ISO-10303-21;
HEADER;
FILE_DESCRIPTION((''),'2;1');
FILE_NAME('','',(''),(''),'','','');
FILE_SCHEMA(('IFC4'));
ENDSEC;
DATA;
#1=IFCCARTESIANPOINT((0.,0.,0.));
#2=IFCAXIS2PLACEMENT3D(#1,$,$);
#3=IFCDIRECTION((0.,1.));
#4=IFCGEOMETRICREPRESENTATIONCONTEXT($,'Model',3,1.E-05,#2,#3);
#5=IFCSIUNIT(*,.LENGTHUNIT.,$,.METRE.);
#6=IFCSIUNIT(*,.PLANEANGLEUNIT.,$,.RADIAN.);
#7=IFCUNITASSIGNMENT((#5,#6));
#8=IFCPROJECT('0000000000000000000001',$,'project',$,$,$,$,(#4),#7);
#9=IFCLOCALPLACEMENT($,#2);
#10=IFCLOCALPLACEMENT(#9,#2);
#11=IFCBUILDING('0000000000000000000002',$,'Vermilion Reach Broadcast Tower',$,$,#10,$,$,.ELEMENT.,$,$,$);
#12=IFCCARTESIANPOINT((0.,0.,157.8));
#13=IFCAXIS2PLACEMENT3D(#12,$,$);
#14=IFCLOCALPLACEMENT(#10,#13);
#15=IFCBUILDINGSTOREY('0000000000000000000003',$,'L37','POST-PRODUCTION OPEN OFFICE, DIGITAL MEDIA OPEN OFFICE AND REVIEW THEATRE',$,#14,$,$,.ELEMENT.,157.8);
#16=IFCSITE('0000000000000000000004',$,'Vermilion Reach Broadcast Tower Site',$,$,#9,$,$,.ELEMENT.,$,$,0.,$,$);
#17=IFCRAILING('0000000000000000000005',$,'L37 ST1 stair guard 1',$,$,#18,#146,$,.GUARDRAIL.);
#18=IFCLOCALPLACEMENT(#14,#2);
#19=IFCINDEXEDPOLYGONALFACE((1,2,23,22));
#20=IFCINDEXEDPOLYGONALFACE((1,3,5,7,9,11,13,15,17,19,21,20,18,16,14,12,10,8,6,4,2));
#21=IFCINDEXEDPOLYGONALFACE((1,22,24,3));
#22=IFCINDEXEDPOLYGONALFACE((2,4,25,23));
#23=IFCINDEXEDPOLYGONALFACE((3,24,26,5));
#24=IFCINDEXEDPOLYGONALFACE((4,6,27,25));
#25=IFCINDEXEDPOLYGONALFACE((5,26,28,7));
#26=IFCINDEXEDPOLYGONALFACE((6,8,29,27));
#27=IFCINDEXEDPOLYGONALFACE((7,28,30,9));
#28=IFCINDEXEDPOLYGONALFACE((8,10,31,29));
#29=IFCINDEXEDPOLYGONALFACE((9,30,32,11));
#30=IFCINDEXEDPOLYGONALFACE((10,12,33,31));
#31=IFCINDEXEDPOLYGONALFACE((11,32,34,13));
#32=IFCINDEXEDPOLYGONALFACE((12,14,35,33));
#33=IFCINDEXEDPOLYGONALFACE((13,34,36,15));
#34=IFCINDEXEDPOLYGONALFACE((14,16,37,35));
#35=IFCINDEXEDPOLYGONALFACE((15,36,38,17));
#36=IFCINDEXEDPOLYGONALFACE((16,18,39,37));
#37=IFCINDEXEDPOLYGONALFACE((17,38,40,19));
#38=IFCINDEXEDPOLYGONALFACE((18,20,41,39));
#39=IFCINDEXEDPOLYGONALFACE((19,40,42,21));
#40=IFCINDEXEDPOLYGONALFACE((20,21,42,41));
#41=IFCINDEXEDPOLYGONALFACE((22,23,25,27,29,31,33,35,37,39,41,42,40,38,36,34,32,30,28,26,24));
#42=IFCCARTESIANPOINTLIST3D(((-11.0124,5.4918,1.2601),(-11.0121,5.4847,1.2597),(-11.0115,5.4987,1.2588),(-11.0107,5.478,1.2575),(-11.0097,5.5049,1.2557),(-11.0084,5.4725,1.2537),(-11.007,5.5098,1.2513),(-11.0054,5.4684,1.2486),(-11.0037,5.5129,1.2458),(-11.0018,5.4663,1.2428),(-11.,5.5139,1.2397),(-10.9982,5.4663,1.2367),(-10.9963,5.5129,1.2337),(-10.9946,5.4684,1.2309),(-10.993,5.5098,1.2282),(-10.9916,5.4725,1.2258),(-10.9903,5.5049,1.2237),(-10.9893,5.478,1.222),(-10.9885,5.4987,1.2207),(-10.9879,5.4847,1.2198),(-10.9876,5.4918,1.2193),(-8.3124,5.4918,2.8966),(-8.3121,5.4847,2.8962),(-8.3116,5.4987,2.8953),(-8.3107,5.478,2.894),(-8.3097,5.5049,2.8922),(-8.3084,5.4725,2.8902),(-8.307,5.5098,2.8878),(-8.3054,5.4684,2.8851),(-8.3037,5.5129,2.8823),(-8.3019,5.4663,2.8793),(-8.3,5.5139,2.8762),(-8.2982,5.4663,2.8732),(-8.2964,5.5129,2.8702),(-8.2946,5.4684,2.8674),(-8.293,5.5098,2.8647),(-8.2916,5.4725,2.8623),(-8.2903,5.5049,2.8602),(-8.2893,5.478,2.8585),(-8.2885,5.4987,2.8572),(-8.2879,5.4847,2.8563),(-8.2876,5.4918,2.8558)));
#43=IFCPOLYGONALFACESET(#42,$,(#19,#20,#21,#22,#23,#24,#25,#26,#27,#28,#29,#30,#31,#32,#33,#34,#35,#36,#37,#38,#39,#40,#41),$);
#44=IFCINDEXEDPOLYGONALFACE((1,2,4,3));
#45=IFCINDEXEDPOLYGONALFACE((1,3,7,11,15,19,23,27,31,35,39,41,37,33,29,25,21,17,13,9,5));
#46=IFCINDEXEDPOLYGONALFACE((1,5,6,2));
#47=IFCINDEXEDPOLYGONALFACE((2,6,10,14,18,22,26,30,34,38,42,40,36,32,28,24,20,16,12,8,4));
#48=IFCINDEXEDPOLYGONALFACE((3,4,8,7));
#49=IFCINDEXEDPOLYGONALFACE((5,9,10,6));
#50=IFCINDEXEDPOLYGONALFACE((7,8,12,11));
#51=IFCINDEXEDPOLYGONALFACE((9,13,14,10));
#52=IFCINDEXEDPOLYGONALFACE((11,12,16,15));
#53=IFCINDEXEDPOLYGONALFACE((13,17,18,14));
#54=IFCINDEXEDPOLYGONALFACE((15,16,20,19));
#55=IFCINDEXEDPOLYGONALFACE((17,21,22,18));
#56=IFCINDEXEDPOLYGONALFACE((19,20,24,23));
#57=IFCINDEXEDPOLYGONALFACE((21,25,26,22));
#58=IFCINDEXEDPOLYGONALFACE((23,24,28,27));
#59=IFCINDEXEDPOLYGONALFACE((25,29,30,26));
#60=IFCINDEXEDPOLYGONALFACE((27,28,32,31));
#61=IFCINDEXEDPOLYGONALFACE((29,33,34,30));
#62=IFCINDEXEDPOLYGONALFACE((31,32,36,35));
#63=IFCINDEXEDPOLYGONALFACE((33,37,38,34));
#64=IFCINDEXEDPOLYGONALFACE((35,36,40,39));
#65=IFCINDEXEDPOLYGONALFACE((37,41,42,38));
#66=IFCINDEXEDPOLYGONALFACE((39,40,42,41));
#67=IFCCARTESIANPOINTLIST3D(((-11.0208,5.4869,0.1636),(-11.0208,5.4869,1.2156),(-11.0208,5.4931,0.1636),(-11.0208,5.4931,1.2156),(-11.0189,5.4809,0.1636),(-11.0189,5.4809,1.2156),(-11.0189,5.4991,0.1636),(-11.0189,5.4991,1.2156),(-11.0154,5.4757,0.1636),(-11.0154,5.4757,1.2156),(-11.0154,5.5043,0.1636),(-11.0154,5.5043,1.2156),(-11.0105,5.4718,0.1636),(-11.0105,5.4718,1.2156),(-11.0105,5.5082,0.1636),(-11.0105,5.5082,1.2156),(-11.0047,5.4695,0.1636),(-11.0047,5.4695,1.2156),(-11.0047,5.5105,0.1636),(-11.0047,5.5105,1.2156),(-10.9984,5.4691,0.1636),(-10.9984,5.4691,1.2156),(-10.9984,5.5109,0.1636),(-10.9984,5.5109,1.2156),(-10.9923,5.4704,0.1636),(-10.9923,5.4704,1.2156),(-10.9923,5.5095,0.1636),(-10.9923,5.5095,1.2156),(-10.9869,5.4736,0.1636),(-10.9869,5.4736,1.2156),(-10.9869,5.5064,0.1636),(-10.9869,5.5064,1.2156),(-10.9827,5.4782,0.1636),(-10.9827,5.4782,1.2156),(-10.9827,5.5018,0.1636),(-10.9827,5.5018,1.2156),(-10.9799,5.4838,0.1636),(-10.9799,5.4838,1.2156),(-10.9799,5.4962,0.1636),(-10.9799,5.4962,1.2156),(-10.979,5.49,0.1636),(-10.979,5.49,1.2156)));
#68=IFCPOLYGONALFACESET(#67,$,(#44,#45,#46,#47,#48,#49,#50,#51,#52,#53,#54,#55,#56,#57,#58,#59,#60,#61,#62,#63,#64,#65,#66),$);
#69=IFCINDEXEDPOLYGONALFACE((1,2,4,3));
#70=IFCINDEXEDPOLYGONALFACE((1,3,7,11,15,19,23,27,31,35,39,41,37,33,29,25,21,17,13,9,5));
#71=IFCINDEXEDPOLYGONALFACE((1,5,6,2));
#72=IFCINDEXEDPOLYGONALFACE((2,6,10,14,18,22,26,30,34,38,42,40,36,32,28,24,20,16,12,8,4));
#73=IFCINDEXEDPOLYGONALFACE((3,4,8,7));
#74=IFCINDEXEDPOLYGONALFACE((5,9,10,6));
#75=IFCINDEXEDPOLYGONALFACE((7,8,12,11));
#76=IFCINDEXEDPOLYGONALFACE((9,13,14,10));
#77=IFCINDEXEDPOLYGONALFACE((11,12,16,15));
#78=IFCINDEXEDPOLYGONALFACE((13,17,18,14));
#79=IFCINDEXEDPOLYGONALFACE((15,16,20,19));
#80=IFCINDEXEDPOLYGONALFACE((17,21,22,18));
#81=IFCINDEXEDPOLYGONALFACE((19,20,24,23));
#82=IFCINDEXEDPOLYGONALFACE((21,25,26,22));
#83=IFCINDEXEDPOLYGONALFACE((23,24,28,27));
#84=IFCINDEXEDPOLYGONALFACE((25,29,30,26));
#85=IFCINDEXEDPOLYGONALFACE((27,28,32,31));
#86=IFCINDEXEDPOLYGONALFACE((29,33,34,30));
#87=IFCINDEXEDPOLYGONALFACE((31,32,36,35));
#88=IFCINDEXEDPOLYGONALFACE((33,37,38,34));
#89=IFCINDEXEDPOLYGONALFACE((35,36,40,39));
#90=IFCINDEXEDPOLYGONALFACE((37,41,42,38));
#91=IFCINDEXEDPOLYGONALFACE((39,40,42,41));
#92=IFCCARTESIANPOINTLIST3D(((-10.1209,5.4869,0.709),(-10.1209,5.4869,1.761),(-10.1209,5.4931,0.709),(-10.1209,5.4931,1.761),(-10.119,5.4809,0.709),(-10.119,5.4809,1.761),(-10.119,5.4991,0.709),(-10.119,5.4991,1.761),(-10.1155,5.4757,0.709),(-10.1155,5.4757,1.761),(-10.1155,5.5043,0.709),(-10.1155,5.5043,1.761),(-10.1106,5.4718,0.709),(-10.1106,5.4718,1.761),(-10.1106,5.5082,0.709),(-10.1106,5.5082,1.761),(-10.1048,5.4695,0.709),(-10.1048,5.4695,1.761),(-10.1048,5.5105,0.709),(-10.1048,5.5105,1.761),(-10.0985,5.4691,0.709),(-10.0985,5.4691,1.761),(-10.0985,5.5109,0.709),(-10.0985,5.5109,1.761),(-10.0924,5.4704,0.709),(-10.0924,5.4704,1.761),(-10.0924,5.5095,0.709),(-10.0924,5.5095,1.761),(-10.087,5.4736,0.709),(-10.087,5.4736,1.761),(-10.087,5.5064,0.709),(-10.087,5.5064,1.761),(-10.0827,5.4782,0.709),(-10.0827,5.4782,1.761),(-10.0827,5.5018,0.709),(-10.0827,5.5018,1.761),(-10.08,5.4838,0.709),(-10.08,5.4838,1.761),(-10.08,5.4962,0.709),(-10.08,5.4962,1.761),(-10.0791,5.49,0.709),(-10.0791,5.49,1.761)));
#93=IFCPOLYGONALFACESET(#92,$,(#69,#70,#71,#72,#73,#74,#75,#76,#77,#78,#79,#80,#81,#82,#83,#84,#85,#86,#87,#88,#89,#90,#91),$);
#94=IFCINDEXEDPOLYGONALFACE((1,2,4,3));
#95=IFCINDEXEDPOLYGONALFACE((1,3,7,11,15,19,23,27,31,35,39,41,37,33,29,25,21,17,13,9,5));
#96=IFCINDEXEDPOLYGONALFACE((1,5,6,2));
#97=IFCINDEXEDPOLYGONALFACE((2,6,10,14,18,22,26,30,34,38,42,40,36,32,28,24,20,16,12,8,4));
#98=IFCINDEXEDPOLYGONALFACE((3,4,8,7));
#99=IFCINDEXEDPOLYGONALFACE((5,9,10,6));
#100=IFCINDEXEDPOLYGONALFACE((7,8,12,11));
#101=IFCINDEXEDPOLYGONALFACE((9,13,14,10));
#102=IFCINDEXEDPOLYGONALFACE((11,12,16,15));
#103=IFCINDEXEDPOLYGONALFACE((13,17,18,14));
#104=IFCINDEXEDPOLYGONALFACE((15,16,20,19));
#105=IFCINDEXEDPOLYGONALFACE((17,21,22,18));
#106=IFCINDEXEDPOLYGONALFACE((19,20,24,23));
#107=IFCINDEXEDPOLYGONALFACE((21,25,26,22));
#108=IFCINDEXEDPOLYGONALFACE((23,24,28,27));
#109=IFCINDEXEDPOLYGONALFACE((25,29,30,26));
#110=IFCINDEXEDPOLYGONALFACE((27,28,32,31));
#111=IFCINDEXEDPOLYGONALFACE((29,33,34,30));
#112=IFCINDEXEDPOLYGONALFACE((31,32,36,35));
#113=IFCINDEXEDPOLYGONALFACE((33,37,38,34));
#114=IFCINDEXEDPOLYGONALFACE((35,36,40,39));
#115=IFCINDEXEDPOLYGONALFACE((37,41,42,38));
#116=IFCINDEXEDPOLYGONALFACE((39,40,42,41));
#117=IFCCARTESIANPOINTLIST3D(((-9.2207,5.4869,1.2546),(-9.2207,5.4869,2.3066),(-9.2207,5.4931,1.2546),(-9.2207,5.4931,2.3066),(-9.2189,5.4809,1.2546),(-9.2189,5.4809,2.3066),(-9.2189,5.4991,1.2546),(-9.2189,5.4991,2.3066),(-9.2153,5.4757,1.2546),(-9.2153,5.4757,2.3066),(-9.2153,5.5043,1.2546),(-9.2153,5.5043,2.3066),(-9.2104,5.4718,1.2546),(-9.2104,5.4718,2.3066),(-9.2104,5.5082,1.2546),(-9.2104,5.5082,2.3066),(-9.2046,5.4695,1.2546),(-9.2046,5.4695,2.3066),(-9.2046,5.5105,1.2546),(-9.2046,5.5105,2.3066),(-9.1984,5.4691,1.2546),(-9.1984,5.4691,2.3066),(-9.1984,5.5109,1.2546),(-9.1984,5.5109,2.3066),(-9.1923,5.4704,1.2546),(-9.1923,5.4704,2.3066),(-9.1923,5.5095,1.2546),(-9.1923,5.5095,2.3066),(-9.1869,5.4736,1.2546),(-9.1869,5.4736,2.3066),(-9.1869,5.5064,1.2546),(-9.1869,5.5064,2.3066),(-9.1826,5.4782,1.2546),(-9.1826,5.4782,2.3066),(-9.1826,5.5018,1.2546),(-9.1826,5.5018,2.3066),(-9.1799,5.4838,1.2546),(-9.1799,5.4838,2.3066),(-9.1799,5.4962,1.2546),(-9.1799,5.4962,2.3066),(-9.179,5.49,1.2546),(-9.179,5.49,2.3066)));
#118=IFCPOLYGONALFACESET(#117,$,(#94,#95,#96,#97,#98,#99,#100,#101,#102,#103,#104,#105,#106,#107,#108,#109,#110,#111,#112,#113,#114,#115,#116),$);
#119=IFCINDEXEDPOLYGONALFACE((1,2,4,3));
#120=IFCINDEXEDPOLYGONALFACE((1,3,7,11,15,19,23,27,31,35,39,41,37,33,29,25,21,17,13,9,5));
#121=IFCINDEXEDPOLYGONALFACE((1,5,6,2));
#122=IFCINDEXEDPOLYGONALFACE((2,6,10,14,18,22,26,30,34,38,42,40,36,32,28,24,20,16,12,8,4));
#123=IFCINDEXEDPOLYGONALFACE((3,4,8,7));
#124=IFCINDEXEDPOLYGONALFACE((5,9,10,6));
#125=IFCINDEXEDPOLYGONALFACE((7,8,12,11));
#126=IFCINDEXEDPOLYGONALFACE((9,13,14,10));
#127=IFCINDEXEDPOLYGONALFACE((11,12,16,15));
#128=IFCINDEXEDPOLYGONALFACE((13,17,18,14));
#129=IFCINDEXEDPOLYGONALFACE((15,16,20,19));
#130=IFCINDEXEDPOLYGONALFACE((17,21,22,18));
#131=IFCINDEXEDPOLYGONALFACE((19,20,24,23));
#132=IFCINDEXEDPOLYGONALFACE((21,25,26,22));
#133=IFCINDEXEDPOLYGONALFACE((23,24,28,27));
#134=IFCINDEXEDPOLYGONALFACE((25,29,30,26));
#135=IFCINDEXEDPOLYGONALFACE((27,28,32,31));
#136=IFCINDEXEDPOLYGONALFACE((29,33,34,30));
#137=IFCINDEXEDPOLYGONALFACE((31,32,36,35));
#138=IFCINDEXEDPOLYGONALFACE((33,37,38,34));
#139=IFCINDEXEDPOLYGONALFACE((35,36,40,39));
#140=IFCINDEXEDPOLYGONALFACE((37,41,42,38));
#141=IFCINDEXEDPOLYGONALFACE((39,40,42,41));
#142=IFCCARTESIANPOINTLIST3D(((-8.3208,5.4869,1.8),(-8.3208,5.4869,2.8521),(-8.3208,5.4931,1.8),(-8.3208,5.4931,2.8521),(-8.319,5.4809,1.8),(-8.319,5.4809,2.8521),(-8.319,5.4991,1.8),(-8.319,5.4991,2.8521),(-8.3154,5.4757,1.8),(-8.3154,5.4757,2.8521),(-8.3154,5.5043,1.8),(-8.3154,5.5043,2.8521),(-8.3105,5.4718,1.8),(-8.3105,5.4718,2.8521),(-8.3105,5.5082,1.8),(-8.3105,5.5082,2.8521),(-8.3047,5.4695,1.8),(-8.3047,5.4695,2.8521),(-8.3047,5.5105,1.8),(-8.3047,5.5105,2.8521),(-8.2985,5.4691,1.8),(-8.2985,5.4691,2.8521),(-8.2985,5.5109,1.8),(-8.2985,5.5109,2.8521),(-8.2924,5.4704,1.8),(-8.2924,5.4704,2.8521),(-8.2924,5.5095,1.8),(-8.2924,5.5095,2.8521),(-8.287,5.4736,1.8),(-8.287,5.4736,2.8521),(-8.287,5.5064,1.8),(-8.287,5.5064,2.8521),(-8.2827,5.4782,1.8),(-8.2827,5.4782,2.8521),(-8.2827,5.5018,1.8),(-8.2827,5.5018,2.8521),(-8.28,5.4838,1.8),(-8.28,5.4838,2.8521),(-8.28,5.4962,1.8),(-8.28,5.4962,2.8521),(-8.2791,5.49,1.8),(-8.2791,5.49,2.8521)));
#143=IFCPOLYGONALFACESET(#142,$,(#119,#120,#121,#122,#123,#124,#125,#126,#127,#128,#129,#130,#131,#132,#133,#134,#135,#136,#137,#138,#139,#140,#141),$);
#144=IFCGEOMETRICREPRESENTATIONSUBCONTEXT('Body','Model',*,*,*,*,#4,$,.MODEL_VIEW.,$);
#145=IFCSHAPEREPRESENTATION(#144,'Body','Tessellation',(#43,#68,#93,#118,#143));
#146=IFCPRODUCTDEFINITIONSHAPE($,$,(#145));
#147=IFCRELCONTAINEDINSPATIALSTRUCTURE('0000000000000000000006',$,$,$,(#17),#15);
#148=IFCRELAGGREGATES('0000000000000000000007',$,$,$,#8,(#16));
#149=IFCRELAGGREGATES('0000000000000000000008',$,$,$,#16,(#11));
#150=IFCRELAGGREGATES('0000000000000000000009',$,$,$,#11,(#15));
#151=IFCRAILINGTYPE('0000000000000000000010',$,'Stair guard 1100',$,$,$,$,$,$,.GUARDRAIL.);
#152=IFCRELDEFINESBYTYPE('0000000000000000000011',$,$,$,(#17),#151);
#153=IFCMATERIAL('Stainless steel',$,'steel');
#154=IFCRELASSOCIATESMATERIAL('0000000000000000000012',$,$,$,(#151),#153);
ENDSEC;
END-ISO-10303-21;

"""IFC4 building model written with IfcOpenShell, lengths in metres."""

from ifc_helpers import new_model, si_unit, direction, frame, origin, origin_2d, place, context, subcontext, project, spatial, circle, extrude, material, type_object, element, save


model = new_model("IFC4")

# Units and contexts
model_context = context("Model", 3, precision=1e-05, world=origin(), true_north=direction((0.0, 1.0)))
body_context = subcontext(model_context, "Body", "Model", "MODEL_VIEW")
ifc_project = project(units=[si_unit("LENGTHUNIT", "METRE"), si_unit("PLANEANGLEUNIT", "RADIAN")], contexts=[model_context])

# Site, building, storey
site_placement = place(None, origin())
site = spatial("IfcSite", under=ifc_project, at=site_placement, Name="Vermilion Reach Broadcast Tower Site", CompositionType="ELEMENT", RefElevation=0.0)
building_placement = place(site_placement, origin())
building = spatial("IfcBuilding", under=site, at=building_placement, Name="Vermilion Reach Broadcast Tower", CompositionType="ELEMENT")
storey_placement = place(building_placement, frame((0.0, 0.0, 157.8)))
storey = spatial("IfcBuildingStorey", under=building, at=storey_placement, Name="L37", Description="POST-PRODUCTION OPEN OFFICE, DIGITAL MEDIA OPEN OFFICE AND REVIEW THEATRE", CompositionType="ELEMENT", Elevation=157.8)

# Railing
ifc_material_1 = material(Name="Stainless steel", Category="steel")
railing_type_1 = type_object("IfcRailingType", Name="Stair guard 1100", PredefinedType="GUARDRAIL", material=ifc_material_1)
railing_1_placement = place(storey_placement, frame((-11.0, 5.49, 0.1636)))
element("IfcRailing", 1, at=railing_1_placement, inside=storey, type_object=railing_type_1, Name="L37 ST1 stair guard 1", PredefinedType="GUARDRAIL", context=body_context, shape_type="SweptSolid", body=[
    extrude(circle(Radius=0.0239, at=origin_2d()), frame((0.0, 0.0, 1.0762), z_axis=(0.855178, 0.0, 0.518334), x_axis=(0.0, 1.0, 0.0)), (0.0, 0.0, 1.0), 3.1572),
    extrude(circle(Radius=0.021, at=origin_2d()), origin(), (0.0, 0.0, 1.0), 1.052),
    extrude(circle(Radius=0.021, at=origin_2d()), frame((0.8999, 0.0, 0.5454)), (0.0, 0.0, 1.0), 1.052),
    extrude(circle(Radius=0.021, at=origin_2d()), frame((1.8, 0.0, 1.0911)), (0.0, 0.0, 1.0), 1.052),
    extrude(circle(Radius=0.021, at=origin_2d()), frame((2.7, 0.0, 1.6365)), (0.0, 0.0, 1.0), 1.052),
])

save(model, "model.ifc")
